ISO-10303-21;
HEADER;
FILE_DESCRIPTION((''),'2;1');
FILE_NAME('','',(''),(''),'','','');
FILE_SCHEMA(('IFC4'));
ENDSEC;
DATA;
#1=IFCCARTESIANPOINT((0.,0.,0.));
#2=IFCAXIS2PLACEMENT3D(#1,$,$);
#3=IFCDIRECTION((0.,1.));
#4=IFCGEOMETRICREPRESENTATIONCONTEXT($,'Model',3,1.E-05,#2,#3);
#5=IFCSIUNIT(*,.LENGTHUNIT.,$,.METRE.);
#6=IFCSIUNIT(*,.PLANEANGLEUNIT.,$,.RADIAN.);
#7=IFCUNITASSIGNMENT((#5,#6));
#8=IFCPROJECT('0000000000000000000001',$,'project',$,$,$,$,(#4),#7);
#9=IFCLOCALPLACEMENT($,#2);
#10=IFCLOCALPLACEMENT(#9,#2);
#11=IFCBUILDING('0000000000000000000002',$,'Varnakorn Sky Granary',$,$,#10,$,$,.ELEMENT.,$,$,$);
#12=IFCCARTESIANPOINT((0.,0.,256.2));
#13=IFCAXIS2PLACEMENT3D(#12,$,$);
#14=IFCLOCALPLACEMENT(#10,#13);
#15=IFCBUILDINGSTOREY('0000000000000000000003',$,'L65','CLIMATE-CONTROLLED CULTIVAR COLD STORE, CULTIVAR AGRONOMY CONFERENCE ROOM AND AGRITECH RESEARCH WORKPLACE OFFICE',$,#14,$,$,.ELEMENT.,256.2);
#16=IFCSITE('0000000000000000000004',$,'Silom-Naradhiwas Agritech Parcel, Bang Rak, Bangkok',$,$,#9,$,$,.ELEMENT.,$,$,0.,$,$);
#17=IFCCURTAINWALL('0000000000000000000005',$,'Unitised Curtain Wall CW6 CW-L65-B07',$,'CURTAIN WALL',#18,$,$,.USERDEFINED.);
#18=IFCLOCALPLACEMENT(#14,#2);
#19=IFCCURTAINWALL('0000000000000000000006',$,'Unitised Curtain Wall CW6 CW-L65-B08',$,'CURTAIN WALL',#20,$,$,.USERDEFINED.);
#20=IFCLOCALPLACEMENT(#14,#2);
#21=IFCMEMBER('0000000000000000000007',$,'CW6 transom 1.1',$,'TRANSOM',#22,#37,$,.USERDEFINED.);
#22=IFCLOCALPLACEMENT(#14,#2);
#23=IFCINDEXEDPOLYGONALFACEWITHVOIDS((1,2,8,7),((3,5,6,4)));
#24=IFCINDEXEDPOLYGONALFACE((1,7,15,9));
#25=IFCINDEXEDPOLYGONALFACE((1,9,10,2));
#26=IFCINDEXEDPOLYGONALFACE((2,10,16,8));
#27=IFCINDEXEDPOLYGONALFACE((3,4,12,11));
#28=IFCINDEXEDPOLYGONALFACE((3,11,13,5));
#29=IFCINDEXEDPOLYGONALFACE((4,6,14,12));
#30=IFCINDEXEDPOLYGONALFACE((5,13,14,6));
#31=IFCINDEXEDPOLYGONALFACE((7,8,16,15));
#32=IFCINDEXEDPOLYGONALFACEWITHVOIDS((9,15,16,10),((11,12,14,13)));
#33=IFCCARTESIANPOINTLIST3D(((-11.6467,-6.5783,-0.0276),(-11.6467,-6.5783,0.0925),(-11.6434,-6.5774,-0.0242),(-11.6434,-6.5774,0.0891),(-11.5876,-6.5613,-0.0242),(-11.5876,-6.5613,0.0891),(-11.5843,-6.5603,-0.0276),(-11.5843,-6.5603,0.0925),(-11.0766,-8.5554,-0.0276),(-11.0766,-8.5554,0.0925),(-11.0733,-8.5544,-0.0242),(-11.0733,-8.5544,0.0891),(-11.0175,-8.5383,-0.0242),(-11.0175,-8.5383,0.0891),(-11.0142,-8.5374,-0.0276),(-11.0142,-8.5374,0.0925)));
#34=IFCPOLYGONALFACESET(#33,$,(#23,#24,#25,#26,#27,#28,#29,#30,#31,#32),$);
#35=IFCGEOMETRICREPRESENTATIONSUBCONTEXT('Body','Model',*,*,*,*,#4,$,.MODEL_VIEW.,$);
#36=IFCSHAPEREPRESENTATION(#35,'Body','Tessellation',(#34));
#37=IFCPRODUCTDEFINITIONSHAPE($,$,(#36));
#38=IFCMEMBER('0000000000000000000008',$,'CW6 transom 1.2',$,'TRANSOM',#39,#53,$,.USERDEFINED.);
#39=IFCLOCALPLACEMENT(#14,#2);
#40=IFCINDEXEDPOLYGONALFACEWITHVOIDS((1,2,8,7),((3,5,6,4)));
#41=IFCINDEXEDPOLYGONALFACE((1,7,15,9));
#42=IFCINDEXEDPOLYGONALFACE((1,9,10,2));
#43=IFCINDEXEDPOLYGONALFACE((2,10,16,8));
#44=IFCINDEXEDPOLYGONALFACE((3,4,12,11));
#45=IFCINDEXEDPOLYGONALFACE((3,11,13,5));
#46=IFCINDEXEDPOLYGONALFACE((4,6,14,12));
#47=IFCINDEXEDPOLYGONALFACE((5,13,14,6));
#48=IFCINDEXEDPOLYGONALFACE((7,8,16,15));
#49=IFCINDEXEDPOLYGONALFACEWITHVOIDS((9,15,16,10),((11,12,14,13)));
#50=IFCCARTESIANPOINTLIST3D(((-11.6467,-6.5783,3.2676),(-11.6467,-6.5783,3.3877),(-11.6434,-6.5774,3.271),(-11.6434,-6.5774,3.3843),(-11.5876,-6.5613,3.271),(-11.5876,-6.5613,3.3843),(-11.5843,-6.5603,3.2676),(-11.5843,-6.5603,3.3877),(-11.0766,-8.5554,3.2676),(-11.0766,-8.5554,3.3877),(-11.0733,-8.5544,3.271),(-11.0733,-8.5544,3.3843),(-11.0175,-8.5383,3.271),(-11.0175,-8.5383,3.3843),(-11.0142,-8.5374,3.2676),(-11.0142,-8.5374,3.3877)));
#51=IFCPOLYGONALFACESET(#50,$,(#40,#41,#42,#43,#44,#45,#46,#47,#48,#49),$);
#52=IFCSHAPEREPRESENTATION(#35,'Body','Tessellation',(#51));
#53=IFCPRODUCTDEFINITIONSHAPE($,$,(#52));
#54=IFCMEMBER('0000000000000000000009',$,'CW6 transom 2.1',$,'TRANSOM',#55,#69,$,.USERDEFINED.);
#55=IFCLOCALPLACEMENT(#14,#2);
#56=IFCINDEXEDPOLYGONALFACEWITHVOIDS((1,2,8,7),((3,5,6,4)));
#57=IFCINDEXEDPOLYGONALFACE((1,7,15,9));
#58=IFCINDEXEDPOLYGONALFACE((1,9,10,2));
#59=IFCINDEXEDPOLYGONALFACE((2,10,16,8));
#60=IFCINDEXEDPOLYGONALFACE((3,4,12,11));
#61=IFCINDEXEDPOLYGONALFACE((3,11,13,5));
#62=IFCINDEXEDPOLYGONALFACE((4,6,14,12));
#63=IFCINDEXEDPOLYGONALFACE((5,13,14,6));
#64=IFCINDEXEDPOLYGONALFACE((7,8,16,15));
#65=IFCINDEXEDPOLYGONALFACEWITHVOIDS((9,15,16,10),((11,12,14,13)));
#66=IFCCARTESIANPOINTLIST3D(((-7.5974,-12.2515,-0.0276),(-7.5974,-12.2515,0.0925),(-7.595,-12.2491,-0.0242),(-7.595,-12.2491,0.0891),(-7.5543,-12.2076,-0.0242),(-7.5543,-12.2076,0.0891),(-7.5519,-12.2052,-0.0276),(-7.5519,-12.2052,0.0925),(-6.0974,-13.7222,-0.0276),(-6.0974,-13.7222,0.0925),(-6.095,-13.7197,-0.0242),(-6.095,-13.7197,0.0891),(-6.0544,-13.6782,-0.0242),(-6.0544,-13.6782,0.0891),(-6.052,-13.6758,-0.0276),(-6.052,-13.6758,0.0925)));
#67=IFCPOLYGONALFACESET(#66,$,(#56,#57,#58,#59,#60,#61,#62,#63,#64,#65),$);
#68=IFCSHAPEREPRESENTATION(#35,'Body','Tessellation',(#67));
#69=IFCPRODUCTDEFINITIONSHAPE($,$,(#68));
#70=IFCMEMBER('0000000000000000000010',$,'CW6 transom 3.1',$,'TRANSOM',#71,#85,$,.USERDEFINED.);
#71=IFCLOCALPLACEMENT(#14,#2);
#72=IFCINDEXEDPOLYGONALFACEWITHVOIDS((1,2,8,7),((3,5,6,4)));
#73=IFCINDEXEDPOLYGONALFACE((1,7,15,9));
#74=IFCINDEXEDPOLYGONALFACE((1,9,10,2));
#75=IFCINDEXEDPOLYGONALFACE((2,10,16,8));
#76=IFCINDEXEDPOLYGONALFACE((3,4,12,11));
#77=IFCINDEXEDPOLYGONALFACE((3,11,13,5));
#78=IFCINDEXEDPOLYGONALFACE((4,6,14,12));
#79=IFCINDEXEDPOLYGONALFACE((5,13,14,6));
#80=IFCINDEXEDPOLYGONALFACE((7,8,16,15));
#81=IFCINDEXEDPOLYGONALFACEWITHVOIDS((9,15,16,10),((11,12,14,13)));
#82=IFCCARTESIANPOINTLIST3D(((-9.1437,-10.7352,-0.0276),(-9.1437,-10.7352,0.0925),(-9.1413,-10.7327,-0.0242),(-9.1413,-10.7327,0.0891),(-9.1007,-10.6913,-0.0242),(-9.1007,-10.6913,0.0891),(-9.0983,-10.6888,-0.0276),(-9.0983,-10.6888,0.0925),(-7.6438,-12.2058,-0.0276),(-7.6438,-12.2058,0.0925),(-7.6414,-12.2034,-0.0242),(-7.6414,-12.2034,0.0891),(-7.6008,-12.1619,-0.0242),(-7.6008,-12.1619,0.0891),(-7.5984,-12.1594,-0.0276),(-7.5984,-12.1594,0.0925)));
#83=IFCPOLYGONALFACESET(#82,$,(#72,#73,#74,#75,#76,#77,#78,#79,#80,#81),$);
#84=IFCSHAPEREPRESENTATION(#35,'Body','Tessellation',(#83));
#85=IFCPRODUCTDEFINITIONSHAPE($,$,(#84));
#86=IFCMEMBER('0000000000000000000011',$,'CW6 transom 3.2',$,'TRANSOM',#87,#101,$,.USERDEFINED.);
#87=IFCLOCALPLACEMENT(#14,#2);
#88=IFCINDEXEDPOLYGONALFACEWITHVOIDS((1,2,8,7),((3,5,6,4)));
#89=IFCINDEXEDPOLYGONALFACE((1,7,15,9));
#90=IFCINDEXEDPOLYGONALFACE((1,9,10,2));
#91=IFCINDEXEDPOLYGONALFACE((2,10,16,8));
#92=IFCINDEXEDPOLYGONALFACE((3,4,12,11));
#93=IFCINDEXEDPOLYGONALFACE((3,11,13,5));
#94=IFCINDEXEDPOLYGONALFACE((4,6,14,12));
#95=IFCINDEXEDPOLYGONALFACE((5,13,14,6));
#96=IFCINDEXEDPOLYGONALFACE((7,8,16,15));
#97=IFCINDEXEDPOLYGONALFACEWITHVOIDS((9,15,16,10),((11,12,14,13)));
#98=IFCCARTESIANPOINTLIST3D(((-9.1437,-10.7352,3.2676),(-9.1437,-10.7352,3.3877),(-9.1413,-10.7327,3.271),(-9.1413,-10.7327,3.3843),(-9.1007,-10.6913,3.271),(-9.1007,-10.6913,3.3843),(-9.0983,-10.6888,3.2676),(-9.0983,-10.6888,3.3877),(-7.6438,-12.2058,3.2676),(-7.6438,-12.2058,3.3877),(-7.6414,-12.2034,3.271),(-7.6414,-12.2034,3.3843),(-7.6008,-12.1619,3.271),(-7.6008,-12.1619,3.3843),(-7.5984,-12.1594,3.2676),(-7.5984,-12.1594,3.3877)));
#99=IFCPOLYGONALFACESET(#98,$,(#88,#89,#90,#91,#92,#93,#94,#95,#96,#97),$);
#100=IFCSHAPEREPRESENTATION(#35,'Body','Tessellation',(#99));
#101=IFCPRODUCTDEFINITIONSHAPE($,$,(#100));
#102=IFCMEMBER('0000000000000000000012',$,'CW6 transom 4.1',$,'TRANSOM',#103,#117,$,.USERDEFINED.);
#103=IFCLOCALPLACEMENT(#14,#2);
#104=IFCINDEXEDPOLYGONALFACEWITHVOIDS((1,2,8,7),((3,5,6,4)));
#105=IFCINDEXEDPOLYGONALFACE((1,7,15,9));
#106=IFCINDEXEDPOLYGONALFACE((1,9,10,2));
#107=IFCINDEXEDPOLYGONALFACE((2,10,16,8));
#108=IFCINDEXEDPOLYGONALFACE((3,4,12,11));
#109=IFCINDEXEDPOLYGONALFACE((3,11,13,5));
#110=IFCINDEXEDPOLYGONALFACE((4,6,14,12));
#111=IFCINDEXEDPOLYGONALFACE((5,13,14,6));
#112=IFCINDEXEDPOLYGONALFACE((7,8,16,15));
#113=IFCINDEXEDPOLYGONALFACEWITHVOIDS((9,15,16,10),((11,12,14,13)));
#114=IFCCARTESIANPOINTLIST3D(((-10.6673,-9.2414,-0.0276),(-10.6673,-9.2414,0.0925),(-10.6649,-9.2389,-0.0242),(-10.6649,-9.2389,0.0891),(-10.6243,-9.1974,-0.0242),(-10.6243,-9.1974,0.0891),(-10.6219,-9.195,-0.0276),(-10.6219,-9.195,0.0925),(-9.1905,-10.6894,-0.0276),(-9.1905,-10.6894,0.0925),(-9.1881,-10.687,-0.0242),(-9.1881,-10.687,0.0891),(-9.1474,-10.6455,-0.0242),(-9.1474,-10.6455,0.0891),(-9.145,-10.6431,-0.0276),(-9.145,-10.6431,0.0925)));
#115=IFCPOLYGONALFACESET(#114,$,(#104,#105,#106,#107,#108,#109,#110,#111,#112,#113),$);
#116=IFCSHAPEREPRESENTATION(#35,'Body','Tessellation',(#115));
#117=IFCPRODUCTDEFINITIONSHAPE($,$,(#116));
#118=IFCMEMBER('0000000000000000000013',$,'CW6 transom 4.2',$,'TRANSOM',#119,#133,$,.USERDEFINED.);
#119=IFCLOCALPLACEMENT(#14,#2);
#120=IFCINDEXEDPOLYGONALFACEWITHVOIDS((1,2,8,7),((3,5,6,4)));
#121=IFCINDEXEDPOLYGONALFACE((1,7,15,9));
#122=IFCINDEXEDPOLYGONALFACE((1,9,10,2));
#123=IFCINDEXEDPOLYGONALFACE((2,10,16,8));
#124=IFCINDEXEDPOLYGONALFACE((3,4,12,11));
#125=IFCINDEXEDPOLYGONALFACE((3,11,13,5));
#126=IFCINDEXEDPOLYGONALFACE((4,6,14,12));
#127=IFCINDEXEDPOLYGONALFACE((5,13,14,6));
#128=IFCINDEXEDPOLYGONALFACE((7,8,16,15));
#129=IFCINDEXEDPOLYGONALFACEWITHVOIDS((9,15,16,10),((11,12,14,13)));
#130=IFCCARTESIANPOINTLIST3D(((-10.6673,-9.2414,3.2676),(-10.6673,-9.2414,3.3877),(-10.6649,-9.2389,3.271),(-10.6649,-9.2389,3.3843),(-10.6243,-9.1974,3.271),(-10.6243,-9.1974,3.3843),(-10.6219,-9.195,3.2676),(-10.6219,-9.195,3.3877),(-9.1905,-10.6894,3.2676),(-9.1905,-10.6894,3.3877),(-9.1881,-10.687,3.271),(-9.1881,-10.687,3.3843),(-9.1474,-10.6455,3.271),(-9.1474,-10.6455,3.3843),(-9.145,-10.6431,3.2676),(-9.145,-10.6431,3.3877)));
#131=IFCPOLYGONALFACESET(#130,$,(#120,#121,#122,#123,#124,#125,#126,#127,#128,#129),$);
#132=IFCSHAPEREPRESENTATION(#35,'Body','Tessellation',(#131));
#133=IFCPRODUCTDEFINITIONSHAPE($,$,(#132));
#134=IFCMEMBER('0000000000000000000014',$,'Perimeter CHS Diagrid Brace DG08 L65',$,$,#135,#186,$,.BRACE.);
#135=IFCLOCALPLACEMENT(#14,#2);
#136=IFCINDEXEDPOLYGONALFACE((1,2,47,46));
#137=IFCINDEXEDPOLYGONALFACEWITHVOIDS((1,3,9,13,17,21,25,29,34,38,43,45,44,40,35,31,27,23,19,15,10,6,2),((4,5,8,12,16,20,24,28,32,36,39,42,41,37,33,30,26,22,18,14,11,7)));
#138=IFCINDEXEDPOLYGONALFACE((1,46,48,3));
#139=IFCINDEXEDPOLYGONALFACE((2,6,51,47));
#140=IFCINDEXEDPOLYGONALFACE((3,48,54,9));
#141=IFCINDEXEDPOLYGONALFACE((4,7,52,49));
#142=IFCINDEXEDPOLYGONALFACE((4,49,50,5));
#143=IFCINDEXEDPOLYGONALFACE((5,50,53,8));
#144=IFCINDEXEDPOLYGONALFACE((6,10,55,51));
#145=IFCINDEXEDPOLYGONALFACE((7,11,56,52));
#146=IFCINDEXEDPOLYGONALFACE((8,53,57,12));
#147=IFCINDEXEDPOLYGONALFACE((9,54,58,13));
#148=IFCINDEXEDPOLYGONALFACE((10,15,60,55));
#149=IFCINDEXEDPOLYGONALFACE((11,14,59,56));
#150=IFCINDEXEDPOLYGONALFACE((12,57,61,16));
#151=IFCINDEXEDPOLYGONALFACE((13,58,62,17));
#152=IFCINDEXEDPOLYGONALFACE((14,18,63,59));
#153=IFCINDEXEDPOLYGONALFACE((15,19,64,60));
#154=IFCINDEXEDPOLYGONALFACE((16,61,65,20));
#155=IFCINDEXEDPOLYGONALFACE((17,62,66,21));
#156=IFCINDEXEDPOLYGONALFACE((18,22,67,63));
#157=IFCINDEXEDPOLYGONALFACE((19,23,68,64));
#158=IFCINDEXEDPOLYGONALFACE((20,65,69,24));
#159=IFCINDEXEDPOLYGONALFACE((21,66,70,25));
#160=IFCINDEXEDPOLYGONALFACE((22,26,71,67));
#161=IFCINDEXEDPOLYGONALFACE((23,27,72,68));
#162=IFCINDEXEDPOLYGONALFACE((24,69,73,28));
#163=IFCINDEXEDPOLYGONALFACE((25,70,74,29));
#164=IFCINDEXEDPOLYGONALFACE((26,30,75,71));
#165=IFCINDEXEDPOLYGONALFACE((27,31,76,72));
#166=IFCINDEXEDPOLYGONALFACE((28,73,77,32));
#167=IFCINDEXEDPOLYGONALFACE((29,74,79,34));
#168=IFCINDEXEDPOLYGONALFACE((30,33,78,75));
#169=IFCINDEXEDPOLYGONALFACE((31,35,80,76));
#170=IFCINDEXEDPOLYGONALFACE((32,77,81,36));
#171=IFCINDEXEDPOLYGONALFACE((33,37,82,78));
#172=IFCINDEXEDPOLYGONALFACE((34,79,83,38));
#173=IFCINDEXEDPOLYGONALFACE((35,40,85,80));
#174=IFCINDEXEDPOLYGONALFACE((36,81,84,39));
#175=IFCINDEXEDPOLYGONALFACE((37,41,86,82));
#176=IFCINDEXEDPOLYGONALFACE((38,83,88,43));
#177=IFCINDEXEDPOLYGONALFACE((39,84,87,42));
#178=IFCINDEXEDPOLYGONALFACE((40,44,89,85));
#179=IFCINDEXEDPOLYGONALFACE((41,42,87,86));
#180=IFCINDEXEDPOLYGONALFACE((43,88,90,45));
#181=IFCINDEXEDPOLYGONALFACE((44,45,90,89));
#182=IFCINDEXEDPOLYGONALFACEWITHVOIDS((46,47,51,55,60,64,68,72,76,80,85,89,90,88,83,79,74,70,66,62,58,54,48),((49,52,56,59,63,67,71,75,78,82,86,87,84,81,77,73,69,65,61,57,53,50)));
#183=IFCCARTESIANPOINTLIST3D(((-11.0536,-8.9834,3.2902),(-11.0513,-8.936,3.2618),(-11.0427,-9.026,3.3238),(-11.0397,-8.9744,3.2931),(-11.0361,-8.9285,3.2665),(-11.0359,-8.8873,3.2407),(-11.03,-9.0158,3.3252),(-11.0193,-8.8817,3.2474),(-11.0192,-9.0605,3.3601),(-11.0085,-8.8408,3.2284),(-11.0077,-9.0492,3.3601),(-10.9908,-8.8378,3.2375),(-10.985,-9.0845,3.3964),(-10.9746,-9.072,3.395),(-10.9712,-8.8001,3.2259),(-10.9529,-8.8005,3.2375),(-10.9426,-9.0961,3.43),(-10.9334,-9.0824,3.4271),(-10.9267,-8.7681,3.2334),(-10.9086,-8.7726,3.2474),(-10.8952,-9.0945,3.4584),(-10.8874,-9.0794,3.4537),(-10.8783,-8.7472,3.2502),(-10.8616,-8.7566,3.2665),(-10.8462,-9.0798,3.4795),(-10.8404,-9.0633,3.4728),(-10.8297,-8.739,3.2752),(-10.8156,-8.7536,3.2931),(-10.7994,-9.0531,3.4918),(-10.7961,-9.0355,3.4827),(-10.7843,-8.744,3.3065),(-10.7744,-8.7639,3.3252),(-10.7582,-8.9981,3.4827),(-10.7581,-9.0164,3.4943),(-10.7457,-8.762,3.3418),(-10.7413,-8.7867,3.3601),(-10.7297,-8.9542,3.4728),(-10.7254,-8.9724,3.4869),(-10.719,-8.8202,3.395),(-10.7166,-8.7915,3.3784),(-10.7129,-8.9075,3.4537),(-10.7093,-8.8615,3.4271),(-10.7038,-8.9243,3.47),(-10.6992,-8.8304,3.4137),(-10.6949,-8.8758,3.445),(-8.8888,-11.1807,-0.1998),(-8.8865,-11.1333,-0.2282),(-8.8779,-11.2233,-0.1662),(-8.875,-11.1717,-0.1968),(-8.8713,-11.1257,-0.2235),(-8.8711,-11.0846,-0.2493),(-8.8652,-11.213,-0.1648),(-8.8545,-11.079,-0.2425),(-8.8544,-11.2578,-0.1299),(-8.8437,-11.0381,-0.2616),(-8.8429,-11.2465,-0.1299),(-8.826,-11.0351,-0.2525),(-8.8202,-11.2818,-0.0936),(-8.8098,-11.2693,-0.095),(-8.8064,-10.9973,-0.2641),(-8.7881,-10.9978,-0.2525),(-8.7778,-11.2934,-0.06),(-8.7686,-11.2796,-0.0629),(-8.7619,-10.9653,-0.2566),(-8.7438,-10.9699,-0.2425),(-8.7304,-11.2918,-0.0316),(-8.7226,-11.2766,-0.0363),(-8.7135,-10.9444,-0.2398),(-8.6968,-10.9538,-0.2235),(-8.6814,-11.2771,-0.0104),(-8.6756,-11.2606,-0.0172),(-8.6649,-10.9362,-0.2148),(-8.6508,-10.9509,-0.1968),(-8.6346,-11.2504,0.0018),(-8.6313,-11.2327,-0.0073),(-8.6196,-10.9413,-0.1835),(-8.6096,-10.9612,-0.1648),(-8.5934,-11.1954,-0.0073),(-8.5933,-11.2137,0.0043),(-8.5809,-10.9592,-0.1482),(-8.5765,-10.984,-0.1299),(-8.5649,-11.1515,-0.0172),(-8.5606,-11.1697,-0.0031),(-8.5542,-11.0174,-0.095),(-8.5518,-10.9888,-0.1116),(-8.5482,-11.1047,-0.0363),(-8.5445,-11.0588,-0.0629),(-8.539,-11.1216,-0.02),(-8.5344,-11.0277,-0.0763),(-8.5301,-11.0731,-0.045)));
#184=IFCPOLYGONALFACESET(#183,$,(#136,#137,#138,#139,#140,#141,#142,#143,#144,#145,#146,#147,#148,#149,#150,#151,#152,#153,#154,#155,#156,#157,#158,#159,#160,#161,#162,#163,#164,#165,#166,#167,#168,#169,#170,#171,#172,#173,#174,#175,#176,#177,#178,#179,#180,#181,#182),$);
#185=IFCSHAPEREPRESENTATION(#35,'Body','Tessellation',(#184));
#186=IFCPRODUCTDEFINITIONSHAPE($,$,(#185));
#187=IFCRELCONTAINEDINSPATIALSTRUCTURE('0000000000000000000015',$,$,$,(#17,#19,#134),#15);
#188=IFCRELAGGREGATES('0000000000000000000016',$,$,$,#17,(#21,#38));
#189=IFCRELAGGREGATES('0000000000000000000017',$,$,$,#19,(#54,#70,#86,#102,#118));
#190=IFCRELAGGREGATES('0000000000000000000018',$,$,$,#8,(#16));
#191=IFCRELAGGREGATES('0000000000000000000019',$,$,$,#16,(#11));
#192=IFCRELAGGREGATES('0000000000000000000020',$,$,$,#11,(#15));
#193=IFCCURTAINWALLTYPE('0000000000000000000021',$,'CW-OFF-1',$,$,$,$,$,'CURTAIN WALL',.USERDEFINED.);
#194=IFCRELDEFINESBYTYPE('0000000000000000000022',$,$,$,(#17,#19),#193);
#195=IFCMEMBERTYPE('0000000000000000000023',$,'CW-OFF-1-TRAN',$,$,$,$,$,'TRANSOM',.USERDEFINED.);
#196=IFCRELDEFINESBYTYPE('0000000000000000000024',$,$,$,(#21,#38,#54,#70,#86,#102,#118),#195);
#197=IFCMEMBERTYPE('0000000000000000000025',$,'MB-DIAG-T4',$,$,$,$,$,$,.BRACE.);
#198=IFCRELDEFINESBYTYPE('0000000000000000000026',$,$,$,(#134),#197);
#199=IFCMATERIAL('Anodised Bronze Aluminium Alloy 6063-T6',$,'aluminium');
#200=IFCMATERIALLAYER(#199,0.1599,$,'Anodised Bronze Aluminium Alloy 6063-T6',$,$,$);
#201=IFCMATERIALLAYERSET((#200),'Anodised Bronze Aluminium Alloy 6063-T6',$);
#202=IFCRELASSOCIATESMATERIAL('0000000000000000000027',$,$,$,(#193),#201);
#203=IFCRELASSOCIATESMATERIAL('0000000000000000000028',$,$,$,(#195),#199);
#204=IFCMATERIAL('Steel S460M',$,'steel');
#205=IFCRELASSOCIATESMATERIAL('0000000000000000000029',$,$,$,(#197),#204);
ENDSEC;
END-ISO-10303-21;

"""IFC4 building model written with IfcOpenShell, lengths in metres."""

from ifc_helpers import new_model, si_unit, direction, frame, origin, origin_2d, place, context, subcontext, project, spatial, hollow_rectangle, hollow_circle, extrude, material, layer, layer_set, material_profile, profile_set, type_object, element, aggregate, save


model = new_model("IFC4")

# Units and contexts
model_context = context("Model", 3, precision=1e-05, world=origin(), true_north=direction((0.0, 1.0)))
body_context = subcontext(model_context, "Body", "Model", "MODEL_VIEW")
ifc_project = project(units=[si_unit("LENGTHUNIT", "METRE"), si_unit("PLANEANGLEUNIT", "RADIAN")], contexts=[model_context])

# Site, building, storey
site_placement = place(None, origin())
site = spatial("IfcSite", under=ifc_project, at=site_placement, Name="Silom-Naradhiwas Agritech Parcel, Bang Rak, Bangkok", CompositionType="ELEMENT", RefElevation=0.0)
building_placement = place(site_placement, origin())
building = spatial("IfcBuilding", under=site, at=building_placement, Name="Varnakorn Sky Granary", CompositionType="ELEMENT")
storey_placement = place(building_placement, frame((0.0, 0.0, 256.2)))
storey = spatial("IfcBuildingStorey", under=building, at=storey_placement, Name="L65", Description="CLIMATE-CONTROLLED CULTIVAR COLD STORE, CULTIVAR AGRONOMY CONFERENCE ROOM AND AGRITECH RESEARCH WORKPLACE OFFICE", CompositionType="ELEMENT", Elevation=256.2)

# Shared definitions
ifc_material_1 = material(Name="Steel S460M", Category="steel")

# Curtain wall
ifc_material_2 = material(Name="Anodised Bronze Aluminium Alloy 6063-T6", Category="aluminium")
ifc_layer_1 = layer(ifc_material_2, 0.1599, Name="Anodised Bronze Aluminium Alloy 6063-T6")
ifc_layer_set_1 = layer_set([ifc_layer_1], Name="Anodised Bronze Aluminium Alloy 6063-T6")
curtain_wall_type = type_object("IfcCurtainWallType", Name="CW-OFF-1", ElementType="CURTAIN WALL", PredefinedType="USERDEFINED", material=ifc_layer_set_1)
curtain_wall_1_placement = place(storey_placement, origin())
curtain_wall_1 = element("IfcCurtainWall", 1, at=curtain_wall_1_placement, inside=storey, type_object=curtain_wall_type, Name="Unitised Curtain Wall CW6 CW-L65-B07", ObjectType="CURTAIN WALL", PredefinedType="USERDEFINED")

# Curtain wall
curtain_wall_2_placement = place(storey_placement, origin())
curtain_wall_2 = element("IfcCurtainWall", 2, at=curtain_wall_2_placement, inside=storey, type_object=curtain_wall_type, Name="Unitised Curtain Wall CW6 CW-L65-B08", ObjectType="CURTAIN WALL", PredefinedType="USERDEFINED")

# Members
ifc_material_profile_1 = material_profile(ifc_material_2, hollow_rectangle(XDim=0.0649, YDim=0.1201, WallThickness=0.0034, at=origin_2d()), Name="ALU TRAN 65x120")
ifc_profile_set_1 = profile_set([ifc_material_profile_1], Name="Anodised Bronze Aluminium Alloy 6063-T6")
member_type_1 = type_object("IfcMemberType", Name="CW-OFF-1-TRAN", ElementType="TRANSOM", PredefinedType="USERDEFINED", material=ifc_profile_set_1)
member_1_placement = place(storey_placement, frame((-11.0454, -8.5464, 0.0325), z_axis=(-0.277055, 0.960854, 0.0), x_axis=(-0.960854, -0.277055, 0.0)))
member_1 = element("IfcMember", 3, at=member_1_placement, type_object=member_type_1, Name="CW6 transom 1.1", ObjectType="TRANSOM", PredefinedType="USERDEFINED", context=body_context, shape_type="SweptSolid", body=[
    extrude(hollow_rectangle(XDim=0.0649, YDim=0.1201, WallThickness=0.0034, at=origin_2d()), origin(), (0.0, 0.0, 1.0), 2.0576),
])
member_2_placement = place(storey_placement, frame((-11.0454, -8.5464, 3.3276), z_axis=(-0.277055, 0.960854, 0.0), x_axis=(-0.960854, -0.277055, 0.0)))
member_2 = element("IfcMember", 4, at=member_2_placement, type_object=member_type_1, Name="CW6 transom 1.2", ObjectType="TRANSOM", PredefinedType="USERDEFINED", context=body_context, shape_type="SweptSolid", body=[
    extrude(hollow_rectangle(XDim=0.0649, YDim=0.1201, WallThickness=0.0034, at=origin_2d()), origin(), (0.0, 0.0, 1.0), 2.0576),
])
member_3_placement = place(storey_placement, frame((-6.0747, -13.699, 0.0325), z_axis=(-0.714045, 0.700099, 0.0), x_axis=(-0.700099, -0.714045, 0.0)))
member_3 = element("IfcMember", 5, at=member_3_placement, type_object=member_type_1, Name="CW6 transom 2.1", ObjectType="TRANSOM", PredefinedType="USERDEFINED", context=body_context, shape_type="SweptSolid", body=[
    extrude(hollow_rectangle(XDim=0.0649, YDim=0.1201, WallThickness=0.0034, at=origin_2d()), origin(), (0.0, 0.0, 1.0), 2.1006),
])
member_4_placement = place(storey_placement, frame((-7.6211, -12.1826, 0.0325), z_axis=(-0.714045, 0.700099, 0.0), x_axis=(-0.700099, -0.714045, 0.0)))
member_4 = element("IfcMember", 6, at=member_4_placement, type_object=member_type_1, Name="CW6 transom 3.1", ObjectType="TRANSOM", PredefinedType="USERDEFINED", context=body_context, shape_type="SweptSolid", body=[
    extrude(hollow_rectangle(XDim=0.0649, YDim=0.1201, WallThickness=0.0034, at=origin_2d()), origin(), (0.0, 0.0, 1.0), 2.1006),
])
member_5_placement = place(storey_placement, frame((-7.6211, -12.1826, 3.3276), z_axis=(-0.714045, 0.700099, 0.0), x_axis=(-0.700099, -0.714045, 0.0)))
member_5 = element("IfcMember", 7, at=member_5_placement, type_object=member_type_1, Name="CW6 transom 3.2", ObjectType="TRANSOM", PredefinedType="USERDEFINED", context=body_context, shape_type="SweptSolid", body=[
    extrude(hollow_rectangle(XDim=0.0649, YDim=0.1201, WallThickness=0.0034, at=origin_2d()), origin(), (0.0, 0.0, 1.0), 2.1006),
])
member_6_placement = place(storey_placement, frame((-9.1677, -10.6663, 0.0325), z_axis=(-0.714037, 0.700108, 0.0), x_axis=(-0.700108, -0.714037, 0.0)))
member_6 = element("IfcMember", 8, at=member_6_placement, type_object=member_type_1, Name="CW6 transom 4.1", ObjectType="TRANSOM", PredefinedType="USERDEFINED", context=body_context, shape_type="SweptSolid", body=[
    extrude(hollow_rectangle(XDim=0.0649, YDim=0.1201, WallThickness=0.0034, at=origin_2d()), origin(), (0.0, 0.0, 1.0), 2.0684),
])
member_7_placement = place(storey_placement, frame((-9.1677, -10.6663, 3.3276), z_axis=(-0.714037, 0.700108, 0.0), x_axis=(-0.700108, -0.714037, 0.0)))
member_7 = element("IfcMember", 9, at=member_7_placement, type_object=member_type_1, Name="CW6 transom 4.2", ObjectType="TRANSOM", PredefinedType="USERDEFINED", context=body_context, shape_type="SweptSolid", body=[
    extrude(hollow_rectangle(XDim=0.0649, YDim=0.1201, WallThickness=0.0034, at=origin_2d()), origin(), (0.0, 0.0, 1.0), 2.0684),
])
ifc_material_profile_2 = material_profile(ifc_material_1, hollow_circle(Radius=0.2031, WallThickness=0.0161, at=origin_2d()), Name="CHS 406.4x16")
ifc_profile_set_2 = profile_set([ifc_material_profile_2], Name="Steel S460M")
member_type_2 = type_object("IfcMemberType", Name="MB-DIAG-T4", PredefinedType="BRACE", material=ifc_profile_set_2)
member_8_placement = place(storey_placement, frame((-8.7097, -11.1152, -0.1299), z_axis=(-0.464776, 0.471747, 0.749292), x_axis=(-0.712351, -0.701824, 0.0)))
element("IfcMember", 10, at=member_8_placement, inside=storey, type_object=member_type_2, Name="Perimeter CHS Diagrid Brace DG08 L65", PredefinedType="BRACE", context=body_context, shape_type="SweptSolid", body=[
    extrude(hollow_circle(Radius=0.2031, WallThickness=0.0161, at=origin_2d()), origin(), (0.0, 0.0, 1.0), 4.6577),
])

aggregate(curtain_wall_1, [member_1, member_2])
aggregate(curtain_wall_2, [member_3, member_4, member_5, member_6, member_7])

save(model, "model.ifc")
